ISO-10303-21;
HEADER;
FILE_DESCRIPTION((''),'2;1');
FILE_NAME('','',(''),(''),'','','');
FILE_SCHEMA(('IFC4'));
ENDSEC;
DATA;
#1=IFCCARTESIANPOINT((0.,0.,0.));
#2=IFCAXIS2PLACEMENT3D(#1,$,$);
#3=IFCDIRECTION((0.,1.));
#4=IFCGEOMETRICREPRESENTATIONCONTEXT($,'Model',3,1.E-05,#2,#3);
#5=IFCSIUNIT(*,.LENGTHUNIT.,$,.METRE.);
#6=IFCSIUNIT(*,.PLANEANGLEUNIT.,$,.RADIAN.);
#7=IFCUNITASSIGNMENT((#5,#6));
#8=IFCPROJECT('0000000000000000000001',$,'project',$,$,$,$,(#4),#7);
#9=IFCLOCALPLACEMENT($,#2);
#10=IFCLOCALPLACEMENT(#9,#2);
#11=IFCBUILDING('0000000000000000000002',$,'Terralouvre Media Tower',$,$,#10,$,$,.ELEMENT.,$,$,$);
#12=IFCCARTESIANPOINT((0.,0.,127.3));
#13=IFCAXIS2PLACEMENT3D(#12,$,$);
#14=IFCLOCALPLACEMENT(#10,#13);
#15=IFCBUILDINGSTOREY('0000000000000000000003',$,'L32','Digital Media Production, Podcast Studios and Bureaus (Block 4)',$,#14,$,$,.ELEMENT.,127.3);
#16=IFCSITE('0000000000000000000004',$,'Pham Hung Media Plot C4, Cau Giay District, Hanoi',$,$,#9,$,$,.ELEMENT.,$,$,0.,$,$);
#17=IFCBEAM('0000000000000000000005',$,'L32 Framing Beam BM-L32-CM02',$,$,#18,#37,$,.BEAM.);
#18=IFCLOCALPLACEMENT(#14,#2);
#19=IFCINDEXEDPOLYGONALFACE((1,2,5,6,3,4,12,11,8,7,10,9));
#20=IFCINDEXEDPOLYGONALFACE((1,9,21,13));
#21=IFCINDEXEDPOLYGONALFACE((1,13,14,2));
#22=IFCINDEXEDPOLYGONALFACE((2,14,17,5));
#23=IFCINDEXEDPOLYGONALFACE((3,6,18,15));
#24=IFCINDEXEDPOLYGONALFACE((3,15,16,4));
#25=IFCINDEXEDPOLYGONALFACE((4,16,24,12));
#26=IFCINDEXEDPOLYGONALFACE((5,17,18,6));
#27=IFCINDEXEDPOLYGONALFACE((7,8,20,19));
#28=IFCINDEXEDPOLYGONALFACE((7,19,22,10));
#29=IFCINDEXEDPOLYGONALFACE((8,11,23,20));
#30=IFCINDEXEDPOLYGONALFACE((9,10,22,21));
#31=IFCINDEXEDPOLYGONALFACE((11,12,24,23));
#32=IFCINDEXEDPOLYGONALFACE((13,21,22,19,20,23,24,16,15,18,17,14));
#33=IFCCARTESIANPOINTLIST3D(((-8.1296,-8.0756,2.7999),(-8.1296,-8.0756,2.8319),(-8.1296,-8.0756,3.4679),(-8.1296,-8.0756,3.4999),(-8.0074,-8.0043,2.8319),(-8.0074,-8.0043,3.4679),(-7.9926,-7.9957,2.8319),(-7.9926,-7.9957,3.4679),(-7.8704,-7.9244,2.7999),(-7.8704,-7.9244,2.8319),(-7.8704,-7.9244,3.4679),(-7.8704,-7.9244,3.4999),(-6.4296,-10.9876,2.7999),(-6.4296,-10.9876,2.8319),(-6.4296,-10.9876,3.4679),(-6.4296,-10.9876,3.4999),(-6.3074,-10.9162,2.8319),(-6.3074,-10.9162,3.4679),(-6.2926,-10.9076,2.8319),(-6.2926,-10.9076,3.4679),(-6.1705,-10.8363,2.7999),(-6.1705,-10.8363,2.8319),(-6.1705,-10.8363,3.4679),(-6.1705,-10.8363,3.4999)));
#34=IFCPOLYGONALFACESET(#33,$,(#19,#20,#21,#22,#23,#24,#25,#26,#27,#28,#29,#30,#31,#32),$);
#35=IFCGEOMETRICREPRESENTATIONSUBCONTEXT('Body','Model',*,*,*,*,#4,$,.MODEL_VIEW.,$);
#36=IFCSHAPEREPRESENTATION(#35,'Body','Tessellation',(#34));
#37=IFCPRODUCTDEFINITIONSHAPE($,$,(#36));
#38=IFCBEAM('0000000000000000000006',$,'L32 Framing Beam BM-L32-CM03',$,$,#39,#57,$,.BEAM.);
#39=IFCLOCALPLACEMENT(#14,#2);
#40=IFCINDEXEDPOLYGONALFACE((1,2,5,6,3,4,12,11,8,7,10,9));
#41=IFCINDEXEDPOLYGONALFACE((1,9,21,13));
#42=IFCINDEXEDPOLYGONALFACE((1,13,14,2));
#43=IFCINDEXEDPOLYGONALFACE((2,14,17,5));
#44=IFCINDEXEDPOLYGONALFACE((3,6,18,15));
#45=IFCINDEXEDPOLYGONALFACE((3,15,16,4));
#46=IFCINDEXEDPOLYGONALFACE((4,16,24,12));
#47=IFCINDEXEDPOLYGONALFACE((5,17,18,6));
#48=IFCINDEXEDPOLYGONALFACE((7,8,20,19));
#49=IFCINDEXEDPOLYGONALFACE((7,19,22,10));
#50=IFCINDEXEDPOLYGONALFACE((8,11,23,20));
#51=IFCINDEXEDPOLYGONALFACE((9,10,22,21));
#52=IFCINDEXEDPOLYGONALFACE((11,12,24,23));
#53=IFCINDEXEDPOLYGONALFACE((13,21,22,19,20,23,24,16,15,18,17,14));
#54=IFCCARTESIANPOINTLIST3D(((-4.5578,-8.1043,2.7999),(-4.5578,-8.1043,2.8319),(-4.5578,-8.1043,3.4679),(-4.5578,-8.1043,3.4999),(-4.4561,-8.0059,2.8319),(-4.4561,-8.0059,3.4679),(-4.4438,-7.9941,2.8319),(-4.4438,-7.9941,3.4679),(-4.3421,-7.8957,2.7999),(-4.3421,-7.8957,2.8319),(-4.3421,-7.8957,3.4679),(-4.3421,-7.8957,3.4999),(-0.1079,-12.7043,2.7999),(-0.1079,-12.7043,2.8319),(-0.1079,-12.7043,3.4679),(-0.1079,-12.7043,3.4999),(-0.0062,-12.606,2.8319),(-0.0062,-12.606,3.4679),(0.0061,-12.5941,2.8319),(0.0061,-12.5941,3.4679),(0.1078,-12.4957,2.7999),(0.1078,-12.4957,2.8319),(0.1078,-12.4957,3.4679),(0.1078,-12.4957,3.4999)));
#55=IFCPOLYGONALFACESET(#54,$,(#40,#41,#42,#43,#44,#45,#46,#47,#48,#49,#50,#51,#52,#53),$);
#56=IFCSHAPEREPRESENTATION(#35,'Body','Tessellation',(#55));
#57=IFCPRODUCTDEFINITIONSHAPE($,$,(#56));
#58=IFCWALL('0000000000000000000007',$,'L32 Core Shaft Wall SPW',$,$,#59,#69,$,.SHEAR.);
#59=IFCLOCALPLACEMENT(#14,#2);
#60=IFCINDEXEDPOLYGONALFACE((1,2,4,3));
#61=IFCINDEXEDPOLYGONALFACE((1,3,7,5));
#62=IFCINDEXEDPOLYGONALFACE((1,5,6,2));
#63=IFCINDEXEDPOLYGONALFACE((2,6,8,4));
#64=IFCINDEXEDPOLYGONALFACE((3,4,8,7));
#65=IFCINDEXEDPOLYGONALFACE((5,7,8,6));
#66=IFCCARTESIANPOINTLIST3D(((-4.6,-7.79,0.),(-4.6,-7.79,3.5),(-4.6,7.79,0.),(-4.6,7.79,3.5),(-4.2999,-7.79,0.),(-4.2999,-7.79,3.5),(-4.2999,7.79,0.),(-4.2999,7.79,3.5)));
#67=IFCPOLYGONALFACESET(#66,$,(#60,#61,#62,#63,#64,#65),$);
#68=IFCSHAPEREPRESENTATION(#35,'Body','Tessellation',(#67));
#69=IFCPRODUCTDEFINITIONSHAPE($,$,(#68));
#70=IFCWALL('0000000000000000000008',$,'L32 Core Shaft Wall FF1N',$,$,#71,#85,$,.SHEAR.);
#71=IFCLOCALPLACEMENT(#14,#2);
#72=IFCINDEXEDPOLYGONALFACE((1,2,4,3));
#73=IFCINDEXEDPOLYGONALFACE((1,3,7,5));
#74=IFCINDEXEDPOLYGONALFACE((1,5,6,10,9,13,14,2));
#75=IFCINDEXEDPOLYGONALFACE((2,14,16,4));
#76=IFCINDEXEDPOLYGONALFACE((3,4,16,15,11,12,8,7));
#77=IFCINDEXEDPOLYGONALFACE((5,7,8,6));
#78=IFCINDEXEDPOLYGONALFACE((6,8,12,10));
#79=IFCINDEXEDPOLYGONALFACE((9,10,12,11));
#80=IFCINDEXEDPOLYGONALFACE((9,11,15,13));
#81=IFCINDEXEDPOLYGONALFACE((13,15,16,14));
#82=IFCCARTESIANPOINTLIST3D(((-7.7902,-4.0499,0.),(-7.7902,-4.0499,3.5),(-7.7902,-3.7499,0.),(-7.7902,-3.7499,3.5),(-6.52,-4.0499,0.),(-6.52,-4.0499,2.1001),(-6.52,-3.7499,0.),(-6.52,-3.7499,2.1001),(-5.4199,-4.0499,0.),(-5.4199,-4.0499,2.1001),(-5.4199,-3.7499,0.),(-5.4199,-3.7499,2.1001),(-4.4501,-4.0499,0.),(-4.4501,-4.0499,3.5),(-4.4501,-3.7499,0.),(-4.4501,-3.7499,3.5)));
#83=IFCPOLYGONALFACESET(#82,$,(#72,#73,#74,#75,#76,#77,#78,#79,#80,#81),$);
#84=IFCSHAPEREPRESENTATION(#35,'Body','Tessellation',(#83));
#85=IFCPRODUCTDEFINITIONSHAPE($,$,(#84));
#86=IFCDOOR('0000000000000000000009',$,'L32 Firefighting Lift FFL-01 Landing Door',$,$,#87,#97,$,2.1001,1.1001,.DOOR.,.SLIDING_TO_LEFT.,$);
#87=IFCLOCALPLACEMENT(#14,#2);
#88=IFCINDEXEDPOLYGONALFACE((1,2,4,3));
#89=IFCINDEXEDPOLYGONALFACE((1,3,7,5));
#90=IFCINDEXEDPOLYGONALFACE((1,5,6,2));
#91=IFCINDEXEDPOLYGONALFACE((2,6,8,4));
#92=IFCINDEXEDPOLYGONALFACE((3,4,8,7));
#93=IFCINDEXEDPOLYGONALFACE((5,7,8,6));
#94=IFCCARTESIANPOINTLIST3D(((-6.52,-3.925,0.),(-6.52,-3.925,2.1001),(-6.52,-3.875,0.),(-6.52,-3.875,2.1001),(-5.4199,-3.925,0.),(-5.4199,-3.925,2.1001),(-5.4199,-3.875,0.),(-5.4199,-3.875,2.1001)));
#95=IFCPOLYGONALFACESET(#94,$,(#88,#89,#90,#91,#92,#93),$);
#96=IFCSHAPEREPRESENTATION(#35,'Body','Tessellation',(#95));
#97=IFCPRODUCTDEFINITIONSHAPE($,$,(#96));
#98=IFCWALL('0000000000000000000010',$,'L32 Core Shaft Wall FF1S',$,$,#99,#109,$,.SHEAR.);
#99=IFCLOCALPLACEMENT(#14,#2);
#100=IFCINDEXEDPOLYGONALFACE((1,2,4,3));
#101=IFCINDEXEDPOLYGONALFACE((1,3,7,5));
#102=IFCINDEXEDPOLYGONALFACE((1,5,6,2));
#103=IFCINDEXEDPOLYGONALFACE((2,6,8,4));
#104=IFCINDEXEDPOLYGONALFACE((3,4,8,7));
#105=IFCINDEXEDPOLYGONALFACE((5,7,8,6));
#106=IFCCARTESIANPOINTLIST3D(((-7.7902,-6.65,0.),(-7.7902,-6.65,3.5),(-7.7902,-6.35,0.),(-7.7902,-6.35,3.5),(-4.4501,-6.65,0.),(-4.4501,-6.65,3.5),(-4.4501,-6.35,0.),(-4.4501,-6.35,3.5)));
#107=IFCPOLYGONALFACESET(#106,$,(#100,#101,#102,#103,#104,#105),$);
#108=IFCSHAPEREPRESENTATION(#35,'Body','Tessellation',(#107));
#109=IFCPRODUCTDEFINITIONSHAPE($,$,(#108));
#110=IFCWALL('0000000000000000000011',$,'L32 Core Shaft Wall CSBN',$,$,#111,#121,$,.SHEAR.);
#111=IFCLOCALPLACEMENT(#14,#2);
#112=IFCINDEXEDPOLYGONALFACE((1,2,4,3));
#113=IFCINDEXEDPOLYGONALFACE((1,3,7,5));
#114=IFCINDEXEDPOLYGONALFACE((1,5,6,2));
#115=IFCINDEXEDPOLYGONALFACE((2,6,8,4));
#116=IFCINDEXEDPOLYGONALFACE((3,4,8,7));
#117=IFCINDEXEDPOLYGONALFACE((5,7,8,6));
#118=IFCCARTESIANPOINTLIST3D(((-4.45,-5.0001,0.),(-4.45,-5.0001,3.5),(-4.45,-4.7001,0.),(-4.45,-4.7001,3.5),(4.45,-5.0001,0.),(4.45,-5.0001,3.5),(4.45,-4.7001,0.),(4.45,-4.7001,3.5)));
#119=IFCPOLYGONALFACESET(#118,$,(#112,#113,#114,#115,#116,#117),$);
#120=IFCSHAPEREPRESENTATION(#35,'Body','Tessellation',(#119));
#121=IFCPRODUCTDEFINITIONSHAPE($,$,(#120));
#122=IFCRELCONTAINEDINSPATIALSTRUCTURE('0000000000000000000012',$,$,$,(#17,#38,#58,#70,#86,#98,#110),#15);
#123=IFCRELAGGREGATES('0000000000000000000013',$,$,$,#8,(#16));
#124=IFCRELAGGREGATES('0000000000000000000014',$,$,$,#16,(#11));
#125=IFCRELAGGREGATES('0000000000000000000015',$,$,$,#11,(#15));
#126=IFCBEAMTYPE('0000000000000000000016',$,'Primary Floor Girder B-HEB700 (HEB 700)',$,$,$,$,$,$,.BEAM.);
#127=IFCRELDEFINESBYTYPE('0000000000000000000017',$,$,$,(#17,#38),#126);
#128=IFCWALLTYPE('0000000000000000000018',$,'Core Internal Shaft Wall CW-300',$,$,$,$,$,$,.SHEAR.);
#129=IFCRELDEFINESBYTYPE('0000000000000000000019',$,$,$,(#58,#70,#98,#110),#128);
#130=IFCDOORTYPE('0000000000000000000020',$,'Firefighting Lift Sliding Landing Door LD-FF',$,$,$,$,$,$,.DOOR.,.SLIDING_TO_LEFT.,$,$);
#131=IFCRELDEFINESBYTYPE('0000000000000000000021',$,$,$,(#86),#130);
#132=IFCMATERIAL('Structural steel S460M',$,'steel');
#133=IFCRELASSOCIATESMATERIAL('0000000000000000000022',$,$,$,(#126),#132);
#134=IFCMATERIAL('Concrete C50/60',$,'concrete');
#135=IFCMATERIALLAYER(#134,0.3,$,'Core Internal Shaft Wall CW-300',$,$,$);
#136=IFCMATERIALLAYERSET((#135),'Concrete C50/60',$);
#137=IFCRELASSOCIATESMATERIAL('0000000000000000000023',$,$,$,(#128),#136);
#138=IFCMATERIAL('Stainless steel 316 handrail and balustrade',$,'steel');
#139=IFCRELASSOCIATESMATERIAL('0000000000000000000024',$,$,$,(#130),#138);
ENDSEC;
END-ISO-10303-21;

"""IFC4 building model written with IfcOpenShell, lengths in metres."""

from ifc_helpers import new_model, si_unit, direction, frame, frame_2d, origin, origin_2d, place, context, subcontext, project, spatial, rectangle, i_section, extrude, material, layer, layer_set, material_profile, profile_set, type_object, element, fill, save


model = new_model("IFC4")

# Units and contexts
model_context = context("Model", 3, precision=1e-05, world=origin(), true_north=direction((0.0, 1.0)))
body_context = subcontext(model_context, "Body", "Model", "MODEL_VIEW")
ifc_project = project(units=[si_unit("LENGTHUNIT", "METRE"), si_unit("PLANEANGLEUNIT", "RADIAN")], contexts=[model_context])

# Site, building, storey
site_placement = place(None, origin())
site = spatial("IfcSite", under=ifc_project, at=site_placement, Name="Pham Hung Media Plot C4, Cau Giay District, Hanoi", CompositionType="ELEMENT", RefElevation=0.0)
building_placement = place(site_placement, origin())
building = spatial("IfcBuilding", under=site, at=building_placement, Name="Terralouvre Media Tower", CompositionType="ELEMENT")
storey_placement = place(building_placement, frame((0.0, 0.0, 127.3)))
storey = spatial("IfcBuildingStorey", under=building, at=storey_placement, Name="L32", Description="Digital Media Production, Podcast Studios and Bureaus (Block 4)", CompositionType="ELEMENT", Elevation=127.3)

# Beams
ifc_material_1 = material(Name="Structural steel S460M", Category="steel")
ifc_material_profile_1 = material_profile(ifc_material_1, i_section(OverallWidth=0.3, OverallDepth=0.7, WebThickness=0.0171, FlangeThickness=0.032, at=origin_2d()), Name="HEB 700")
ifc_profile_set_1 = profile_set([ifc_material_profile_1], Name="Structural steel S460M")
beam_type_1 = type_object("IfcBeamType", Name="Primary Floor Girder B-HEB700 (HEB 700)", PredefinedType="BEAM", material=ifc_profile_set_1)
for number, where, z_axis, x_axis, name in (
    (1, (-8.0, -8.0, 3.1499), (0.504173, -0.863603, 0.0), (0.863603, 0.504173, 0.0), "L32 Framing Beam BM-L32-CM02"),
):
    element("IfcBeam", number, at=place(storey_placement, frame(where, z_axis=z_axis, x_axis=x_axis)), inside=storey, type_object=beam_type_1, Name=name, PredefinedType="BEAM", context=body_context, shape_type="SweptSolid", body=[
        extrude(i_section(OverallWidth=0.3, OverallDepth=0.7, WebThickness=0.0171, FlangeThickness=0.032, at=origin_2d()), origin(), (0.0, 0.0, 1.0), 3.3718),
    ])
beam_1_placement = place(storey_placement, frame((-4.45, -8.0, 3.1499), z_axis=(0.69528, -0.718739, 0.0), x_axis=(0.718739, 0.69528, 0.0)))
element("IfcBeam", 2, at=beam_1_placement, inside=storey, type_object=beam_type_1, Name="L32 Framing Beam BM-L32-CM03", PredefinedType="BEAM", context=body_context, shape_type="SweptSolid", body=[
    extrude(i_section(OverallWidth=0.3, OverallDepth=0.7, WebThickness=0.0171, FlangeThickness=0.032, at=origin_2d()), origin(), (0.0, 0.0, 1.0), 6.4001),
])

# Wall
ifc_material_2 = material(Name="Concrete C50/60", Category="concrete")
ifc_layer_1 = layer(ifc_material_2, 0.3, Name="Core Internal Shaft Wall CW-300")
ifc_layer_set_1 = layer_set([ifc_layer_1], Name="Concrete C50/60")
wall_type_1 = type_object("IfcWallType", Name="Core Internal Shaft Wall CW-300", PredefinedType="SHEAR", material=ifc_layer_set_1)
wall_1_placement = place(storey_placement, frame((-4.45, -7.79, 0.0), z_axis=(0.0, 0.0, 1.0), x_axis=(0.0, 1.0, 0.0)))
element("IfcWall", 3, at=wall_1_placement, inside=storey, type_object=wall_type_1, Name="L32 Core Shaft Wall SPW", PredefinedType="SHEAR", context=body_context, shape_type="SweptSolid", body=[
    extrude(rectangle(XDim=15.5801, YDim=0.3, at=frame_2d((7.79, 0.0))), origin(), (0.0, 0.0, 1.0), 3.5),
])

# Wall, opening, door
wall_2_placement = place(storey_placement, frame((-7.79, -3.8999, 0.0), z_axis=(0.0, 0.0, 1.0), x_axis=(1.0, 0.0, 0.0)))
wall_2 = element("IfcWall", 4, at=wall_2_placement, inside=storey, type_object=wall_type_1, Name="L32 Core Shaft Wall FF1N", PredefinedType="SHEAR", context=body_context, shape_type="SweptSolid", body=[
    extrude(rectangle(XDim=3.3401, YDim=0.3, at=frame_2d((1.6699, 0.0))), origin(), (0.0, 0.0, 1.0), 3.5),
])
opening_1_placement = place(wall_2_placement, frame((1.27, 0.0, 0.0)))
opening_1 = element("IfcOpeningElement", 5, at=opening_1_placement, cuts=wall_2, PredefinedType="OPENING", context=body_context, shape_type="SweptSolid", body=[
    extrude(rectangle(XDim=1.1001, YDim=2.1001, at=frame_2d((0.55, 1.05))), frame((0.0, 0.1599, 0.0), z_axis=(0.0, -1.0, 0.0), x_axis=(1.0, 0.0, 0.0)), (0.0, 0.0, 1.0), 0.3201),
])
ifc_material_3 = material(Name="Stainless steel 316 handrail and balustrade", Category="steel")
door_type_1 = type_object("IfcDoorType", Name="Firefighting Lift Sliding Landing Door LD-FF", OperationType="SLIDING_TO_LEFT", PredefinedType="DOOR", material=ifc_material_3)
door_1_placement = place(opening_1_placement, origin())
door_1 = element("IfcDoor", 6, at=door_1_placement, inside=storey, type_object=door_type_1, Name="L32 Firefighting Lift FFL-01 Landing Door", OperationType="SLIDING_TO_LEFT", OverallHeight=2.1001, OverallWidth=1.1001, PredefinedType="DOOR", context=body_context, shape_type="SweptSolid", body=[
    extrude(rectangle(XDim=1.1001, YDim=2.1001, at=frame_2d((0.55, 1.05))), frame((0.0, 0.0249, 0.0), z_axis=(0.0, -1.0, 0.0), x_axis=(1.0, 0.0, 0.0)), (0.0, 0.0, 1.0), 0.05),
])
fill(opening_1, door_1)

# Walls
wall_3_placement = place(storey_placement, frame((-7.79, -6.5, 0.0), z_axis=(0.0, 0.0, 1.0), x_axis=(1.0, 0.0, 0.0)))
element("IfcWall", 7, at=wall_3_placement, inside=storey, type_object=wall_type_1, Name="L32 Core Shaft Wall FF1S", PredefinedType="SHEAR", context=body_context, shape_type="SweptSolid", body=[
    extrude(rectangle(XDim=3.3401, YDim=0.3, at=frame_2d((1.6699, 0.0))), origin(), (0.0, 0.0, 1.0), 3.5),
])
wall_4_placement = place(storey_placement, frame((-4.45, -4.8501, 0.0), z_axis=(0.0, 0.0, 1.0), x_axis=(1.0, 0.0, 0.0)))
element("IfcWall", 8, at=wall_4_placement, inside=storey, type_object=wall_type_1, Name="L32 Core Shaft Wall CSBN", PredefinedType="SHEAR", context=body_context, shape_type="SweptSolid", body=[
    extrude(rectangle(XDim=8.8999, YDim=0.3, at=frame_2d((4.45, 0.0))), origin(), (0.0, 0.0, 1.0), 3.5),
])

save(model, "model.ifc")
